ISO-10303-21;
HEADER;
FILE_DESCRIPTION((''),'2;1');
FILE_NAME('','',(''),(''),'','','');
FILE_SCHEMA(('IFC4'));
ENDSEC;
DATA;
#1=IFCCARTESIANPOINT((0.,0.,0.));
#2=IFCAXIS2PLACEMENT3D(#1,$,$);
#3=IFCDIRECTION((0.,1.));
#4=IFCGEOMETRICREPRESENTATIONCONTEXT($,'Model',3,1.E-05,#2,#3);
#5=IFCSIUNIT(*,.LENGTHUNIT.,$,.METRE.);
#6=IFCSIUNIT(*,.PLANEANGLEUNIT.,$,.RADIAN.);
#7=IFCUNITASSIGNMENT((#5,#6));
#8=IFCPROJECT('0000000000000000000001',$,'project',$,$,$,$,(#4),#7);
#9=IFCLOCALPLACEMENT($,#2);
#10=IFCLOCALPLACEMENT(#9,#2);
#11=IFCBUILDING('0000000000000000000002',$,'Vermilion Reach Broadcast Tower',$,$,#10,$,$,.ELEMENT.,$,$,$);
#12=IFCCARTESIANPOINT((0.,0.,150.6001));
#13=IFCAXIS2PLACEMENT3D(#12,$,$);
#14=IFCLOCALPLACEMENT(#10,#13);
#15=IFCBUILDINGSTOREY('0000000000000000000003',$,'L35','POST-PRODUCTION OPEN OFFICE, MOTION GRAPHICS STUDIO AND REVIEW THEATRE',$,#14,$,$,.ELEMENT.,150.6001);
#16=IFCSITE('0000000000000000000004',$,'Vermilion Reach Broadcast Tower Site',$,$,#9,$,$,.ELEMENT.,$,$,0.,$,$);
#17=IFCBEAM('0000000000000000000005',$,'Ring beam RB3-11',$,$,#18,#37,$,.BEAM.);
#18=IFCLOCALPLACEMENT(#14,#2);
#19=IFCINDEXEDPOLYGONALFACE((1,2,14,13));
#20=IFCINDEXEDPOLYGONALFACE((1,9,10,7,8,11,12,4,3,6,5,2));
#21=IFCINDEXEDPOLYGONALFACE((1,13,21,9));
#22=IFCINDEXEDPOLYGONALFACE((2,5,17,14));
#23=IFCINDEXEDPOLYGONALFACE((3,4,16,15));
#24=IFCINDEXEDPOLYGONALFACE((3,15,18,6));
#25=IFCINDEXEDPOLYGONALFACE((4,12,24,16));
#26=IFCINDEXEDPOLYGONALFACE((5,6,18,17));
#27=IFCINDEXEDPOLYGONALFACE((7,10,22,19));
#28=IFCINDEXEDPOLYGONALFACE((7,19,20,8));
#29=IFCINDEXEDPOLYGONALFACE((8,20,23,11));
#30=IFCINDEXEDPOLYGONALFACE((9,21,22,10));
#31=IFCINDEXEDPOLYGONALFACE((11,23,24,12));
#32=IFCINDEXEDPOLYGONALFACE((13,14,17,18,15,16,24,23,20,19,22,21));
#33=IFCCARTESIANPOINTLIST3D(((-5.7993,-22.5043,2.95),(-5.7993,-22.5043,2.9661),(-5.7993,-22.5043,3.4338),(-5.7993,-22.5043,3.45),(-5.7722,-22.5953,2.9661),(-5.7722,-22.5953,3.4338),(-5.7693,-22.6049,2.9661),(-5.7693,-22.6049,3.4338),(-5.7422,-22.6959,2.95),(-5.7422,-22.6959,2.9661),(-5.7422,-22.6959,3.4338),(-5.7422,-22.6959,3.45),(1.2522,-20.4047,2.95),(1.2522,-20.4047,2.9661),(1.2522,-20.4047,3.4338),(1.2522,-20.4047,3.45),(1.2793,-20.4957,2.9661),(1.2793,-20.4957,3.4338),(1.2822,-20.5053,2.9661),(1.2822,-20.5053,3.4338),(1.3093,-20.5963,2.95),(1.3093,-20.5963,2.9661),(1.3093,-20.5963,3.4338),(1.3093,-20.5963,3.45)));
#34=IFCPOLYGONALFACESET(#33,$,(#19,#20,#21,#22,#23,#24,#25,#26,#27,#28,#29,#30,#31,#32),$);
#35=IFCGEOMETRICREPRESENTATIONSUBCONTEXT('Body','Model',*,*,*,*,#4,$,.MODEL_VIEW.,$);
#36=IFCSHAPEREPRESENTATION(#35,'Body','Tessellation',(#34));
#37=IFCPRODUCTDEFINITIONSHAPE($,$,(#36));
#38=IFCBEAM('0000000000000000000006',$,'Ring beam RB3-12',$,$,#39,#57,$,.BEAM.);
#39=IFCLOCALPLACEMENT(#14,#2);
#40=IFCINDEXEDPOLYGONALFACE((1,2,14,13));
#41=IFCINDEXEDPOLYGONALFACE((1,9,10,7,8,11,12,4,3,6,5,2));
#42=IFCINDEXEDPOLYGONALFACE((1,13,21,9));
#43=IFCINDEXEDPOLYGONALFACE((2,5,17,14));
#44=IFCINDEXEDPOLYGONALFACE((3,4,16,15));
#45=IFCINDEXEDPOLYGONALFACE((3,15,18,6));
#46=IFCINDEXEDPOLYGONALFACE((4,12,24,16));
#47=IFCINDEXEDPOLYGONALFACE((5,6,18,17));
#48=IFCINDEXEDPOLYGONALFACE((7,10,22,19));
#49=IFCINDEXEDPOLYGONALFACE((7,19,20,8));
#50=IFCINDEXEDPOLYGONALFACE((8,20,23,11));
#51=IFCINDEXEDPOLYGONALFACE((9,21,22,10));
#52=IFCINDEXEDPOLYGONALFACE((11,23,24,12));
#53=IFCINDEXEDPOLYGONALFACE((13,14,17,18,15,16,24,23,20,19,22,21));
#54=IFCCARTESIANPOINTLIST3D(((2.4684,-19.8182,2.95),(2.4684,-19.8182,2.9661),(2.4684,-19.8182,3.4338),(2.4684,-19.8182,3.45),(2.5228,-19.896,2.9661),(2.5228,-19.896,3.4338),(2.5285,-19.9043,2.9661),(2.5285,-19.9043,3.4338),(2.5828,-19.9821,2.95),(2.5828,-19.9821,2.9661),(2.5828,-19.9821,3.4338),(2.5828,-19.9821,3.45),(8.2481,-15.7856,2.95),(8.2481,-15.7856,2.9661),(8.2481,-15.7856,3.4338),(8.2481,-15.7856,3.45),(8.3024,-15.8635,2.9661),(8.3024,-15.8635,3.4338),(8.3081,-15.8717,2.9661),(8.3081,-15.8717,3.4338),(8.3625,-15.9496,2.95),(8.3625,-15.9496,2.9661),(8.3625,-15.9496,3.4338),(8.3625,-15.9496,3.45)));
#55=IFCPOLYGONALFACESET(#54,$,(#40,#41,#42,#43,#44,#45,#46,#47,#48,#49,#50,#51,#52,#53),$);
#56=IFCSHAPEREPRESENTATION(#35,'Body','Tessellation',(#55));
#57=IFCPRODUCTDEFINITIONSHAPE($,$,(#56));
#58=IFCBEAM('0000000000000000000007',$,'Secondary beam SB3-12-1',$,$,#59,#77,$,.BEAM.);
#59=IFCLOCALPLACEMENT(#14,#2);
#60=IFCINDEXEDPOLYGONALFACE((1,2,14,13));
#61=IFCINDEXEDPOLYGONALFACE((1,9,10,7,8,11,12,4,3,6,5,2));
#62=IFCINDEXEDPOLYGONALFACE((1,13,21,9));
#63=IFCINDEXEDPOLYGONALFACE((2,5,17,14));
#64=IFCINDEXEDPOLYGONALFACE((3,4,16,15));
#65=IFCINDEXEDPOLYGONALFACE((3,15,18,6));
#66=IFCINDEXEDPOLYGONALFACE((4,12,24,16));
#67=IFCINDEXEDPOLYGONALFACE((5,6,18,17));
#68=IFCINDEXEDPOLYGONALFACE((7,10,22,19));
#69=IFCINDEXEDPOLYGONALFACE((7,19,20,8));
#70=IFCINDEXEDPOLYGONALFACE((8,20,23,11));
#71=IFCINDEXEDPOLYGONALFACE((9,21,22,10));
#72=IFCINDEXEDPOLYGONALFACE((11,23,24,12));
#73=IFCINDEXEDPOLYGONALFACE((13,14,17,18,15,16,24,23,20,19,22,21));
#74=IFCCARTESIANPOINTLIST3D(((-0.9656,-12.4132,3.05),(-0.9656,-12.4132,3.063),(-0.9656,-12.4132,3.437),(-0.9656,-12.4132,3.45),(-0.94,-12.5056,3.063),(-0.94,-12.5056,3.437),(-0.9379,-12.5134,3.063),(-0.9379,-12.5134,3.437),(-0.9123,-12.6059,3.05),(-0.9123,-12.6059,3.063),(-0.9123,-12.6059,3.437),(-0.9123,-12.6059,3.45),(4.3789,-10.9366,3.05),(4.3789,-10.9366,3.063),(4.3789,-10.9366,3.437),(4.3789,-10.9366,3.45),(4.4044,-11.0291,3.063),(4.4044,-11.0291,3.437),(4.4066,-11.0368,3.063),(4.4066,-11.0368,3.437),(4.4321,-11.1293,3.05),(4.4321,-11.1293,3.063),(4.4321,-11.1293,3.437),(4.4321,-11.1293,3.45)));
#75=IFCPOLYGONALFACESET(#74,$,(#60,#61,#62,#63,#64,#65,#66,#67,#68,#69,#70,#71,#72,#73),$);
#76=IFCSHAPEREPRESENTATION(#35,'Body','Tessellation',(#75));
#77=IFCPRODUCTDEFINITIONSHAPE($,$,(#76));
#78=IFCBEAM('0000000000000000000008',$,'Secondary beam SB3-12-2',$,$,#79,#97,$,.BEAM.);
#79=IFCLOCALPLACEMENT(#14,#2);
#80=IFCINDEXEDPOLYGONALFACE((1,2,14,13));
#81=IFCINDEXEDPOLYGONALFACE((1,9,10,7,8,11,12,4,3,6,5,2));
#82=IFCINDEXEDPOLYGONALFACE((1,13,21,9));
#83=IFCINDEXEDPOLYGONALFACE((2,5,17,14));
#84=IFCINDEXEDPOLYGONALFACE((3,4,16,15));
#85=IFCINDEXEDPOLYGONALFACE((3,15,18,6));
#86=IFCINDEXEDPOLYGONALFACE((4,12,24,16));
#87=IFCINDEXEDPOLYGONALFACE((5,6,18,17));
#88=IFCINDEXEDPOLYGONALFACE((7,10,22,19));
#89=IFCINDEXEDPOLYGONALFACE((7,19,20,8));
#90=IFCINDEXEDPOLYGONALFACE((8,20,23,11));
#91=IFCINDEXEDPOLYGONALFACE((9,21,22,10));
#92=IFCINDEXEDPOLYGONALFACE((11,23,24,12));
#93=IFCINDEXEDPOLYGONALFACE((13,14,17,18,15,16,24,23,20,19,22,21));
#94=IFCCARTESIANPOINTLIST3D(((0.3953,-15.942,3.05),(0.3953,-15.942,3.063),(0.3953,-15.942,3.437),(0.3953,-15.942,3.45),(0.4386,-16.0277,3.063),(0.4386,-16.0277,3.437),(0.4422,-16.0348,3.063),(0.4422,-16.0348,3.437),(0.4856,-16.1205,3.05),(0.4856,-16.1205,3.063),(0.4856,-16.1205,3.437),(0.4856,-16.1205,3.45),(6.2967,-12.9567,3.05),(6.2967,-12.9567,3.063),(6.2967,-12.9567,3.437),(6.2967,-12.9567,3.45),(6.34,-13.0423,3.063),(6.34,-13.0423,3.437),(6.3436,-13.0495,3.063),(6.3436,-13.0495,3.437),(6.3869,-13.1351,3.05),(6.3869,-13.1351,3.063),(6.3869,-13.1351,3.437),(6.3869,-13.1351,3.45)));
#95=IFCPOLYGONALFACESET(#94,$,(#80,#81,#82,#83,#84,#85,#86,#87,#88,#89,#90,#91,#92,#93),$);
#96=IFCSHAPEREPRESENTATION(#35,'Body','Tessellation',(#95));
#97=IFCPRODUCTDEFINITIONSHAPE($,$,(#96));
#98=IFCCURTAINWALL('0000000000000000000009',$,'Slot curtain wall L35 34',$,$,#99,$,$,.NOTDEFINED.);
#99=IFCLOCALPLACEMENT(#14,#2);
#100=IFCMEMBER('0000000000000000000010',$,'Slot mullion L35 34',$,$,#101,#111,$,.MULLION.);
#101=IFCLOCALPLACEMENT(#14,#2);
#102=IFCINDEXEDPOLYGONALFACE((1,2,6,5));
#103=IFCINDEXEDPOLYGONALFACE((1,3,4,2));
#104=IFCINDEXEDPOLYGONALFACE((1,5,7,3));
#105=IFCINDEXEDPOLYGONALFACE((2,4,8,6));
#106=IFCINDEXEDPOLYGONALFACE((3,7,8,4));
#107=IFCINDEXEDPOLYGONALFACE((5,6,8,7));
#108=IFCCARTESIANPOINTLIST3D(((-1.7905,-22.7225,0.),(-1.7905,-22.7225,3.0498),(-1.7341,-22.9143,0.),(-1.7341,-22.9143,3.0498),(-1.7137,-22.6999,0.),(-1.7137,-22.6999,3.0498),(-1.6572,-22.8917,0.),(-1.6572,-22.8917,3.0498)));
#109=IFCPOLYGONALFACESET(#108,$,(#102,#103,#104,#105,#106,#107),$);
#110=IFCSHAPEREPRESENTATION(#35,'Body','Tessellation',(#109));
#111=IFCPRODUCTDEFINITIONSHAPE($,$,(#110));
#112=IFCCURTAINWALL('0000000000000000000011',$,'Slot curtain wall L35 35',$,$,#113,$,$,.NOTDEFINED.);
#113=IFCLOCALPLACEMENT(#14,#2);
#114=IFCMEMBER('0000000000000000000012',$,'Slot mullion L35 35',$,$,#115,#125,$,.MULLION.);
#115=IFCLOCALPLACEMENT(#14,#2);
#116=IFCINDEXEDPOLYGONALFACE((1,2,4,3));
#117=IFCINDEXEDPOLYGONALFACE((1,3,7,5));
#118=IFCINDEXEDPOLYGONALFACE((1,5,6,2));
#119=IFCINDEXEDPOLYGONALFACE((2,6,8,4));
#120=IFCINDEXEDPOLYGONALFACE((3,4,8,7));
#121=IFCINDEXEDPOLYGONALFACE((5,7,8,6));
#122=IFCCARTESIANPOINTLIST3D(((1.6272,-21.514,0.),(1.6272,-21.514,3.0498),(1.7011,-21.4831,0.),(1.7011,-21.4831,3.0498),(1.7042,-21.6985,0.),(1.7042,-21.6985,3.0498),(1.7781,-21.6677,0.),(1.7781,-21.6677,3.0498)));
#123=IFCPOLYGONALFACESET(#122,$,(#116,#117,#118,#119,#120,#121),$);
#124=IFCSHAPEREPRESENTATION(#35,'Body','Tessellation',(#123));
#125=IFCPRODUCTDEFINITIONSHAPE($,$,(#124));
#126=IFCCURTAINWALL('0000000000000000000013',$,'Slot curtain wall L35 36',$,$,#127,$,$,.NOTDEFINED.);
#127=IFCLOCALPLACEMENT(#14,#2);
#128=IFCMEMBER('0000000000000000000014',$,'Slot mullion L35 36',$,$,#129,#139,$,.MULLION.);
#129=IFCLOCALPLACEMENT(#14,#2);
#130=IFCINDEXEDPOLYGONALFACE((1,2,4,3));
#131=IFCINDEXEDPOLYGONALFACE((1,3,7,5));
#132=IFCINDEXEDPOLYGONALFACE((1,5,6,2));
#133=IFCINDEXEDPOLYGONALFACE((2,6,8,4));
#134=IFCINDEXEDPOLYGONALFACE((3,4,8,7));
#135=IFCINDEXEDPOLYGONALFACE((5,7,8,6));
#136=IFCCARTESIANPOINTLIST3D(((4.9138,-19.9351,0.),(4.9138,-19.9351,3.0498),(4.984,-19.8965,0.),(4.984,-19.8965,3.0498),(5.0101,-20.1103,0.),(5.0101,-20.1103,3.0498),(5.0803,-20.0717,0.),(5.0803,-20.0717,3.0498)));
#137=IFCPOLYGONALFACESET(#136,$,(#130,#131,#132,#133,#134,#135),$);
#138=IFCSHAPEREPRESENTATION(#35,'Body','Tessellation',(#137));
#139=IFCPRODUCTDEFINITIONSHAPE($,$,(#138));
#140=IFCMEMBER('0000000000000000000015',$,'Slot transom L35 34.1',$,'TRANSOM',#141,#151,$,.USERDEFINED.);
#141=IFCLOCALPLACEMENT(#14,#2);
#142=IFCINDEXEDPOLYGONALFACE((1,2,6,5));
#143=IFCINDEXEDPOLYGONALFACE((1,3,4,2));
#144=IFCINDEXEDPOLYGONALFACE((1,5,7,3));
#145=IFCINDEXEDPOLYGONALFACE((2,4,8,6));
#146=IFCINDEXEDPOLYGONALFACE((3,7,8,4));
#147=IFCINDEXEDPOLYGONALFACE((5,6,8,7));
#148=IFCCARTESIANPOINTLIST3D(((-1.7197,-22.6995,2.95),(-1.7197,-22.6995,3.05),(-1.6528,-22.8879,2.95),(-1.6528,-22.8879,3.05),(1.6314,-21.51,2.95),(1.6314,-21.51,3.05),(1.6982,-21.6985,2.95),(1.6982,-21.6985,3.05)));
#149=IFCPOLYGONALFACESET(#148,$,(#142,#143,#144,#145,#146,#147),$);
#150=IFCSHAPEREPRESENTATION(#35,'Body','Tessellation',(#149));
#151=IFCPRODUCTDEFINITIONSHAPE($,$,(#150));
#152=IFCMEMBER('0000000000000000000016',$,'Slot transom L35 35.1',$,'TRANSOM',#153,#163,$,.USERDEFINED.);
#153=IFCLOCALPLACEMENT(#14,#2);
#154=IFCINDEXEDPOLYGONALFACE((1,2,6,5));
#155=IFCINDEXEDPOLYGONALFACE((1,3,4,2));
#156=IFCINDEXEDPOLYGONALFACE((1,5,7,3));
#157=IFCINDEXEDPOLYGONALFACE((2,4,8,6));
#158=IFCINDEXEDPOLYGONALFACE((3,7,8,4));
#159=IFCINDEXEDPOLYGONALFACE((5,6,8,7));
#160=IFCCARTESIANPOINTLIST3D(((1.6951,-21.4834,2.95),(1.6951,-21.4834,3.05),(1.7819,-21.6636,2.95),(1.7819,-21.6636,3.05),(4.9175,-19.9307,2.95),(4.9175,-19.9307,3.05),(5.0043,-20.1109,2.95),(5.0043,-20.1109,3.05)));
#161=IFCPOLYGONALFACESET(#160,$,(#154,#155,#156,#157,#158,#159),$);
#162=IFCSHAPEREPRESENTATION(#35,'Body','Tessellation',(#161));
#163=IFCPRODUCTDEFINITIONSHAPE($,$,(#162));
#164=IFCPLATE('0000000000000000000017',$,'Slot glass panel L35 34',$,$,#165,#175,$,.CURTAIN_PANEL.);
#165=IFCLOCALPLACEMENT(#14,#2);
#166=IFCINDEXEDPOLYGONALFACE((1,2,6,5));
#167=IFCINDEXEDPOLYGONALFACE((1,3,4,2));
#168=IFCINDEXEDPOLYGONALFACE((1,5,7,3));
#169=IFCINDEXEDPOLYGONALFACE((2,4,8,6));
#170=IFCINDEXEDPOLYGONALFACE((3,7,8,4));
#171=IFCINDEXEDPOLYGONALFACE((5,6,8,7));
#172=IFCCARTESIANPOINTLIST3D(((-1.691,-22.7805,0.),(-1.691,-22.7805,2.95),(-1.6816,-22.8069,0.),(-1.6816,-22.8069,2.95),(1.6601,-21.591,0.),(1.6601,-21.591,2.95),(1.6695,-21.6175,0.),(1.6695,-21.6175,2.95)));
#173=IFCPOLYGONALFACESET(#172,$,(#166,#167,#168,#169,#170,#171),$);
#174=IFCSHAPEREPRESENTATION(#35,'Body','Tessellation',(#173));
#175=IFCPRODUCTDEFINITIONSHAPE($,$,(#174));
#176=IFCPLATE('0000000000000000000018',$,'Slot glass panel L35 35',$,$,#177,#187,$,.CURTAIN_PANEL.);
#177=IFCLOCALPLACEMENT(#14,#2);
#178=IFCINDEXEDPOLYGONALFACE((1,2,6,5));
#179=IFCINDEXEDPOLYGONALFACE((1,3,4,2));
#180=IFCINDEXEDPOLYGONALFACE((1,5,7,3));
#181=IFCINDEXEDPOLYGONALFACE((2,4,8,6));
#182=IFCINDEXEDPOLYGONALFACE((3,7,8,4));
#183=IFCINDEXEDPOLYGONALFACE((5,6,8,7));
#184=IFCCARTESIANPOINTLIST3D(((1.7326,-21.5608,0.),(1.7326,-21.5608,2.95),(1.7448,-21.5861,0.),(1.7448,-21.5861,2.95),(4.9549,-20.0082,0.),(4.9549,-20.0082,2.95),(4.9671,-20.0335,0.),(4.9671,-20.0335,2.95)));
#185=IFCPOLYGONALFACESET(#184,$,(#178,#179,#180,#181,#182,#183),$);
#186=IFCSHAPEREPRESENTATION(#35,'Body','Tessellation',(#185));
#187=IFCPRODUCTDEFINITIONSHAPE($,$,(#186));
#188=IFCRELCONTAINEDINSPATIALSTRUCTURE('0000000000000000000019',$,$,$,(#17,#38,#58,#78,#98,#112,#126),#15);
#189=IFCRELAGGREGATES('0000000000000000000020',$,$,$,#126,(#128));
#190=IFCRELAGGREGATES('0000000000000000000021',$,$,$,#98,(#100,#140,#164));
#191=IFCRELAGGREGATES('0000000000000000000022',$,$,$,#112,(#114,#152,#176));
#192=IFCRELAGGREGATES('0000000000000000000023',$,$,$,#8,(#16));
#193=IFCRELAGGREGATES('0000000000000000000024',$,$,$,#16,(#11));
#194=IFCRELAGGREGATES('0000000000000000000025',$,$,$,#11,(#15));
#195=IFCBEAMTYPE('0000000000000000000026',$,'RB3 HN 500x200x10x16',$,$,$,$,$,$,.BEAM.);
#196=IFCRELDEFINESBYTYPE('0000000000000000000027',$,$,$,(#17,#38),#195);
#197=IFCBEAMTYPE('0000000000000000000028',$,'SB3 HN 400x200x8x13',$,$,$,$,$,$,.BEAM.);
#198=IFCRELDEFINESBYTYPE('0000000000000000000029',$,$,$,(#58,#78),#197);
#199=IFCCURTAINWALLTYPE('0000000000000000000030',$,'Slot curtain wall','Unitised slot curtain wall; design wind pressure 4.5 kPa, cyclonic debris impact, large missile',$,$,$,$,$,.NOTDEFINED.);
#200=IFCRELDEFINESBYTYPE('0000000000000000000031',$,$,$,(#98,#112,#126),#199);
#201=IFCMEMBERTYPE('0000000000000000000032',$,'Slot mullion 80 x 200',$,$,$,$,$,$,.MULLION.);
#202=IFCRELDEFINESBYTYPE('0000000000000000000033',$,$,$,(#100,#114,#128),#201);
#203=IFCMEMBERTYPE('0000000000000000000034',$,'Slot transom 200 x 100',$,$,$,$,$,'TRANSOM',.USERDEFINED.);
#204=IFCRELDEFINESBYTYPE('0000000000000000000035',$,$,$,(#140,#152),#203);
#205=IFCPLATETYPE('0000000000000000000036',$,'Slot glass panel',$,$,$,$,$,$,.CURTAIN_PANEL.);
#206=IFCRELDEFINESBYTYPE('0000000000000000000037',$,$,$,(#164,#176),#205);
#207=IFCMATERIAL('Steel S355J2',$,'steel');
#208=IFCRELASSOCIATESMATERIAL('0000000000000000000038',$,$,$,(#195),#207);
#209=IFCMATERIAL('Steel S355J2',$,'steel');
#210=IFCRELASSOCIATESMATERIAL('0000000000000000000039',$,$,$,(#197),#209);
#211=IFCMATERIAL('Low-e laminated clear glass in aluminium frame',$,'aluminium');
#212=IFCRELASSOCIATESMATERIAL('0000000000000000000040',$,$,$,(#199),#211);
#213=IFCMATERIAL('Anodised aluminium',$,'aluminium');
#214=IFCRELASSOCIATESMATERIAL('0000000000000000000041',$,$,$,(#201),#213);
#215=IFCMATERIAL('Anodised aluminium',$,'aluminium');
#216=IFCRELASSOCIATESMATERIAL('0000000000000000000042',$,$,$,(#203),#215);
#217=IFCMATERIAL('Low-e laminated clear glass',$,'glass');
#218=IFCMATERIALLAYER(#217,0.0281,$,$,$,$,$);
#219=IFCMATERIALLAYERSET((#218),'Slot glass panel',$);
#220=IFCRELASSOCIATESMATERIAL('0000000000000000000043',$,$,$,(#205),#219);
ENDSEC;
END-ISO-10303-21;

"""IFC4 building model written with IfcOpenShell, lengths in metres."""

from ifc_helpers import new_model, si_unit, direction, frame, origin, origin_2d, place, context, subcontext, project, spatial, rectangle, i_section, extrude, material, layer, layer_set, material_profile, profile_set, type_object, element, aggregate, save


model = new_model("IFC4")

# Units and contexts
model_context = context("Model", 3, precision=1e-05, world=origin(), true_north=direction((0.0, 1.0)))
body_context = subcontext(model_context, "Body", "Model", "MODEL_VIEW")
ifc_project = project(units=[si_unit("LENGTHUNIT", "METRE"), si_unit("PLANEANGLEUNIT", "RADIAN")], contexts=[model_context])

# Site, building, storey
site_placement = place(None, origin())
site = spatial("IfcSite", under=ifc_project, at=site_placement, Name="Vermilion Reach Broadcast Tower Site", CompositionType="ELEMENT", RefElevation=0.0)
building_placement = place(site_placement, origin())
building = spatial("IfcBuilding", under=site, at=building_placement, Name="Vermilion Reach Broadcast Tower", CompositionType="ELEMENT")
storey_placement = place(building_placement, frame((0.0, 0.0, 150.6001)))
storey = spatial("IfcBuildingStorey", under=building, at=storey_placement, Name="L35", Description="POST-PRODUCTION OPEN OFFICE, MOTION GRAPHICS STUDIO AND REVIEW THEATRE", CompositionType="ELEMENT", Elevation=150.6001)

# Beams
ifc_material_1 = material(Name="Steel S355J2", Category="steel")
ifc_material_profile_1 = material_profile(ifc_material_1, i_section(OverallWidth=0.2, OverallDepth=0.5, WebThickness=0.01, FlangeThickness=0.0161, at=origin_2d()), Name="S355J2 HN 500x200x10x16")
ifc_profile_set_1 = profile_set([ifc_material_profile_1], Name="Steel S355J2")
beam_type_1 = type_object("IfcBeamType", Name="RB3 HN 500x200x10x16", PredefinedType="BEAM", material=ifc_profile_set_1)
beam_1_placement = place(storey_placement, frame((-5.7708, -22.6001, 3.2), z_axis=(0.958417, 0.285372, 0.0), x_axis=(-0.285372, 0.958417, 0.0)))
element("IfcBeam", 1, at=beam_1_placement, inside=storey, type_object=beam_type_1, Name="Ring beam RB3-11", PredefinedType="BEAM", context=body_context, shape_type="SweptSolid", body=[
    extrude(i_section(OverallWidth=0.2, OverallDepth=0.5, WebThickness=0.01, FlangeThickness=0.0161, at=origin_2d()), origin(), (0.0, 0.0, 1.0), 7.3574),
])
beam_2_placement = place(storey_placement, frame((2.5256, -19.9001, 3.2), z_axis=(0.820111, 0.572204, 0.0), x_axis=(-0.572204, 0.820111, 0.0)))
element("IfcBeam", 2, at=beam_2_placement, inside=storey, type_object=beam_type_1, Name="Ring beam RB3-12", PredefinedType="BEAM", context=body_context, shape_type="SweptSolid", body=[
    extrude(i_section(OverallWidth=0.2, OverallDepth=0.5, WebThickness=0.01, FlangeThickness=0.0161, at=origin_2d()), origin(), (0.0, 0.0, 1.0), 7.0474),
])
ifc_material_2 = material(Name="Steel S355J2", Category="steel")
ifc_material_profile_2 = material_profile(ifc_material_2, i_section(OverallWidth=0.2, OverallDepth=0.3999, WebThickness=0.0081, FlangeThickness=0.0129, at=origin_2d()), Name="S355J2 HN 400x200x8x13")
ifc_profile_set_2 = profile_set([ifc_material_profile_2], Name="Steel S355J2")
beam_type_2 = type_object("IfcBeamType", Name="SB3 HN 400x200x8x13", PredefinedType="BEAM", material=ifc_profile_set_2)
beam_3_placement = place(storey_placement, frame((-0.939, -12.5095, 3.25), z_axis=(0.96389, 0.266301, 0.0), x_axis=(-0.266301, 0.96389, 0.0)))
element("IfcBeam", 3, at=beam_3_placement, inside=storey, type_object=beam_type_2, Name="Secondary beam SB3-12-1", PredefinedType="BEAM", context=body_context, shape_type="SweptSolid", body=[
    extrude(i_section(OverallWidth=0.2, OverallDepth=0.3999, WebThickness=0.0081, FlangeThickness=0.0129, at=origin_2d()), origin(), (0.0, 0.0, 1.0), 5.5447),
])
beam_4_placement = place(storey_placement, frame((0.4404, -16.0312, 3.25), z_axis=(0.892321, 0.451402, 0.0), x_axis=(-0.451402, 0.892321, 0.0)))
element("IfcBeam", 4, at=beam_4_placement, inside=storey, type_object=beam_type_2, Name="Secondary beam SB3-12-2", PredefinedType="BEAM", context=body_context, shape_type="SweptSolid", body=[
    extrude(i_section(OverallWidth=0.2, OverallDepth=0.3999, WebThickness=0.0081, FlangeThickness=0.0129, at=origin_2d()), origin(), (0.0, 0.0, 1.0), 6.6135),
])

# Curtain walls, members
ifc_material_3 = material(Name="Low-e laminated clear glass in aluminium frame", Category="aluminium")
curtain_wall_type = type_object("IfcCurtainWallType", Name="Slot curtain wall", Description="Unitised slot curtain wall; design wind pressure 4.5 kPa, cyclonic debris impact, large missile", PredefinedType="NOTDEFINED", material=ifc_material_3)
placement = place(storey_placement, origin())
curtain_wall_1 = element("IfcCurtainWall", 5, at=placement, inside=storey, type_object=curtain_wall_type, Name="Slot curtain wall L35 34", PredefinedType="NOTDEFINED")
ifc_material_4 = material(Name="Anodised aluminium", Category="aluminium")
ifc_material_profile_3 = material_profile(ifc_material_4, rectangle(XDim=0.2, YDim=0.0801, at=origin_2d()), Name="Slot mullion 80 x 200")
ifc_profile_set_3 = profile_set([ifc_material_profile_3], Name="Anodised aluminium")
member_type_1 = type_object("IfcMemberType", Name="Slot mullion 80 x 200", PredefinedType="MULLION", material=ifc_profile_set_3)
member_1_placement = place(storey_placement, frame((-1.7239, -22.8071, 0.0), z_axis=(0.0, 0.0, 1.0), x_axis=(-0.282325, 0.959319, 0.0)))
member_1 = element("IfcMember", 6, at=member_1_placement, type_object=member_type_1, Name="Slot mullion L35 34", PredefinedType="MULLION", context=body_context, shape_type="SweptSolid", body=[
    extrude(rectangle(XDim=0.2, YDim=0.0801, at=origin_2d()), origin(), (0.0, 0.0, 1.0), 3.0498),
])
curtain_wall_2 = element("IfcCurtainWall", 7, at=placement, inside=storey, type_object=curtain_wall_type, Name="Slot curtain wall L35 35", PredefinedType="NOTDEFINED")
member_2_placement = place(storey_placement, frame((1.7026, -21.5908, 0.0), z_axis=(0.0, 0.0, 1.0), x_axis=(-0.384844, 0.922982, 0.0)))
member_2 = element("IfcMember", 8, at=member_2_placement, type_object=member_type_1, Name="Slot mullion L35 35", PredefinedType="MULLION", context=body_context, shape_type="SweptSolid", body=[
    extrude(rectangle(XDim=0.2, YDim=0.0801, at=origin_2d()), origin(), (0.0, 0.0, 1.0), 3.0498),
])
curtain_wall_3 = element("IfcCurtainWall", 9, at=placement, inside=storey, type_object=curtain_wall_type, Name="Slot curtain wall L35 36", PredefinedType="NOTDEFINED")
member_3_placement = place(storey_placement, frame((4.9971, -20.0034, 0.0), z_axis=(0.0, 0.0, 1.0), x_axis=(-0.481754, 0.876307, 0.0)))
member_3 = element("IfcMember", 10, at=member_3_placement, type_object=member_type_1, Name="Slot mullion L35 36", PredefinedType="MULLION", context=body_context, shape_type="SweptSolid", body=[
    extrude(rectangle(XDim=0.2, YDim=0.0801, at=origin_2d()), origin(), (0.0, 0.0, 1.0), 3.0498),
])
aggregate(curtain_wall_3, [member_3])

# Members
ifc_material_5 = material(Name="Anodised aluminium", Category="aluminium")
ifc_material_profile_4 = material_profile(ifc_material_5, rectangle(XDim=0.2, YDim=0.1001, at=origin_2d()), Name="Slot transom 200 x 100")
ifc_profile_set_4 = profile_set([ifc_material_profile_4], Name="Anodised aluminium")
member_type_2 = type_object("IfcMemberType", Name="Slot transom 200 x 100", ElementType="TRANSOM", PredefinedType="USERDEFINED", material=ifc_profile_set_4)
member_4_placement = place(storey_placement, frame((-1.6863, -22.7937, 3.0), z_axis=(0.942396, 0.3345, 0.0), x_axis=(-0.3345, 0.942396, 0.0)))
member_4 = element("IfcMember", 11, at=member_4_placement, type_object=member_type_2, Name="Slot transom L35 34.1", ObjectType="TRANSOM", PredefinedType="USERDEFINED", context=body_context, shape_type="SweptSolid", body=[
    extrude(rectangle(XDim=0.2, YDim=0.1001, at=origin_2d()), origin(), (0.0, 0.0, 1.0), 3.5559),
])
member_5_placement = place(storey_placement, frame((1.7385, -21.5735, 3.0), z_axis=(0.90087, 0.434089, 0.0), x_axis=(-0.434089, 0.90087, 0.0)))
member_5 = element("IfcMember", 12, at=member_5_placement, type_object=member_type_2, Name="Slot transom L35 35.1", ObjectType="TRANSOM", PredefinedType="USERDEFINED", context=body_context, shape_type="SweptSolid", body=[
    extrude(rectangle(XDim=0.2, YDim=0.1001, at=origin_2d()), origin(), (0.0, 0.0, 1.0), 3.5769),
])

# Plates
ifc_material_6 = material(Name="Low-e laminated clear glass", Category="glass")
ifc_layer_1 = layer(ifc_material_6, 0.0281)
ifc_layer_set_1 = layer_set([ifc_layer_1], Name="Slot glass panel")
plate_type = type_object("IfcPlateType", Name="Slot glass panel", PredefinedType="CURTAIN_PANEL", material=ifc_layer_set_1)
plate_1_placement = place(storey_placement, frame((-0.0107, -22.199, 0.0), z_axis=(0.0, 0.0, 1.0), x_axis=(0.942394, 0.334505, 0.0)))
plate_1 = element("IfcPlate", 13, at=plate_1_placement, type_object=plate_type, Name="Slot glass panel L35 34", PredefinedType="CURTAIN_PANEL", context=body_context, shape_type="SweptSolid", body=[
    extrude(rectangle(XDim=3.5559, YDim=0.0281, at=origin_2d()), origin(), (0.0, 0.0, 1.0), 2.95),
])
aggregate(curtain_wall_1, [member_1, member_4, plate_1])
plate_2_placement = place(storey_placement, frame((3.3499, -20.7971, 0.0), z_axis=(0.0, 0.0, 1.0), x_axis=(0.900882, 0.434063, 0.0)))
plate_2 = element("IfcPlate", 14, at=plate_2_placement, type_object=plate_type, Name="Slot glass panel L35 35", PredefinedType="CURTAIN_PANEL", context=body_context, shape_type="SweptSolid", body=[
    extrude(rectangle(XDim=3.5769, YDim=0.0281, at=origin_2d()), origin(), (0.0, 0.0, 1.0), 2.95),
])
aggregate(curtain_wall_2, [member_2, member_5, plate_2])

save(model, "model.ifc")
